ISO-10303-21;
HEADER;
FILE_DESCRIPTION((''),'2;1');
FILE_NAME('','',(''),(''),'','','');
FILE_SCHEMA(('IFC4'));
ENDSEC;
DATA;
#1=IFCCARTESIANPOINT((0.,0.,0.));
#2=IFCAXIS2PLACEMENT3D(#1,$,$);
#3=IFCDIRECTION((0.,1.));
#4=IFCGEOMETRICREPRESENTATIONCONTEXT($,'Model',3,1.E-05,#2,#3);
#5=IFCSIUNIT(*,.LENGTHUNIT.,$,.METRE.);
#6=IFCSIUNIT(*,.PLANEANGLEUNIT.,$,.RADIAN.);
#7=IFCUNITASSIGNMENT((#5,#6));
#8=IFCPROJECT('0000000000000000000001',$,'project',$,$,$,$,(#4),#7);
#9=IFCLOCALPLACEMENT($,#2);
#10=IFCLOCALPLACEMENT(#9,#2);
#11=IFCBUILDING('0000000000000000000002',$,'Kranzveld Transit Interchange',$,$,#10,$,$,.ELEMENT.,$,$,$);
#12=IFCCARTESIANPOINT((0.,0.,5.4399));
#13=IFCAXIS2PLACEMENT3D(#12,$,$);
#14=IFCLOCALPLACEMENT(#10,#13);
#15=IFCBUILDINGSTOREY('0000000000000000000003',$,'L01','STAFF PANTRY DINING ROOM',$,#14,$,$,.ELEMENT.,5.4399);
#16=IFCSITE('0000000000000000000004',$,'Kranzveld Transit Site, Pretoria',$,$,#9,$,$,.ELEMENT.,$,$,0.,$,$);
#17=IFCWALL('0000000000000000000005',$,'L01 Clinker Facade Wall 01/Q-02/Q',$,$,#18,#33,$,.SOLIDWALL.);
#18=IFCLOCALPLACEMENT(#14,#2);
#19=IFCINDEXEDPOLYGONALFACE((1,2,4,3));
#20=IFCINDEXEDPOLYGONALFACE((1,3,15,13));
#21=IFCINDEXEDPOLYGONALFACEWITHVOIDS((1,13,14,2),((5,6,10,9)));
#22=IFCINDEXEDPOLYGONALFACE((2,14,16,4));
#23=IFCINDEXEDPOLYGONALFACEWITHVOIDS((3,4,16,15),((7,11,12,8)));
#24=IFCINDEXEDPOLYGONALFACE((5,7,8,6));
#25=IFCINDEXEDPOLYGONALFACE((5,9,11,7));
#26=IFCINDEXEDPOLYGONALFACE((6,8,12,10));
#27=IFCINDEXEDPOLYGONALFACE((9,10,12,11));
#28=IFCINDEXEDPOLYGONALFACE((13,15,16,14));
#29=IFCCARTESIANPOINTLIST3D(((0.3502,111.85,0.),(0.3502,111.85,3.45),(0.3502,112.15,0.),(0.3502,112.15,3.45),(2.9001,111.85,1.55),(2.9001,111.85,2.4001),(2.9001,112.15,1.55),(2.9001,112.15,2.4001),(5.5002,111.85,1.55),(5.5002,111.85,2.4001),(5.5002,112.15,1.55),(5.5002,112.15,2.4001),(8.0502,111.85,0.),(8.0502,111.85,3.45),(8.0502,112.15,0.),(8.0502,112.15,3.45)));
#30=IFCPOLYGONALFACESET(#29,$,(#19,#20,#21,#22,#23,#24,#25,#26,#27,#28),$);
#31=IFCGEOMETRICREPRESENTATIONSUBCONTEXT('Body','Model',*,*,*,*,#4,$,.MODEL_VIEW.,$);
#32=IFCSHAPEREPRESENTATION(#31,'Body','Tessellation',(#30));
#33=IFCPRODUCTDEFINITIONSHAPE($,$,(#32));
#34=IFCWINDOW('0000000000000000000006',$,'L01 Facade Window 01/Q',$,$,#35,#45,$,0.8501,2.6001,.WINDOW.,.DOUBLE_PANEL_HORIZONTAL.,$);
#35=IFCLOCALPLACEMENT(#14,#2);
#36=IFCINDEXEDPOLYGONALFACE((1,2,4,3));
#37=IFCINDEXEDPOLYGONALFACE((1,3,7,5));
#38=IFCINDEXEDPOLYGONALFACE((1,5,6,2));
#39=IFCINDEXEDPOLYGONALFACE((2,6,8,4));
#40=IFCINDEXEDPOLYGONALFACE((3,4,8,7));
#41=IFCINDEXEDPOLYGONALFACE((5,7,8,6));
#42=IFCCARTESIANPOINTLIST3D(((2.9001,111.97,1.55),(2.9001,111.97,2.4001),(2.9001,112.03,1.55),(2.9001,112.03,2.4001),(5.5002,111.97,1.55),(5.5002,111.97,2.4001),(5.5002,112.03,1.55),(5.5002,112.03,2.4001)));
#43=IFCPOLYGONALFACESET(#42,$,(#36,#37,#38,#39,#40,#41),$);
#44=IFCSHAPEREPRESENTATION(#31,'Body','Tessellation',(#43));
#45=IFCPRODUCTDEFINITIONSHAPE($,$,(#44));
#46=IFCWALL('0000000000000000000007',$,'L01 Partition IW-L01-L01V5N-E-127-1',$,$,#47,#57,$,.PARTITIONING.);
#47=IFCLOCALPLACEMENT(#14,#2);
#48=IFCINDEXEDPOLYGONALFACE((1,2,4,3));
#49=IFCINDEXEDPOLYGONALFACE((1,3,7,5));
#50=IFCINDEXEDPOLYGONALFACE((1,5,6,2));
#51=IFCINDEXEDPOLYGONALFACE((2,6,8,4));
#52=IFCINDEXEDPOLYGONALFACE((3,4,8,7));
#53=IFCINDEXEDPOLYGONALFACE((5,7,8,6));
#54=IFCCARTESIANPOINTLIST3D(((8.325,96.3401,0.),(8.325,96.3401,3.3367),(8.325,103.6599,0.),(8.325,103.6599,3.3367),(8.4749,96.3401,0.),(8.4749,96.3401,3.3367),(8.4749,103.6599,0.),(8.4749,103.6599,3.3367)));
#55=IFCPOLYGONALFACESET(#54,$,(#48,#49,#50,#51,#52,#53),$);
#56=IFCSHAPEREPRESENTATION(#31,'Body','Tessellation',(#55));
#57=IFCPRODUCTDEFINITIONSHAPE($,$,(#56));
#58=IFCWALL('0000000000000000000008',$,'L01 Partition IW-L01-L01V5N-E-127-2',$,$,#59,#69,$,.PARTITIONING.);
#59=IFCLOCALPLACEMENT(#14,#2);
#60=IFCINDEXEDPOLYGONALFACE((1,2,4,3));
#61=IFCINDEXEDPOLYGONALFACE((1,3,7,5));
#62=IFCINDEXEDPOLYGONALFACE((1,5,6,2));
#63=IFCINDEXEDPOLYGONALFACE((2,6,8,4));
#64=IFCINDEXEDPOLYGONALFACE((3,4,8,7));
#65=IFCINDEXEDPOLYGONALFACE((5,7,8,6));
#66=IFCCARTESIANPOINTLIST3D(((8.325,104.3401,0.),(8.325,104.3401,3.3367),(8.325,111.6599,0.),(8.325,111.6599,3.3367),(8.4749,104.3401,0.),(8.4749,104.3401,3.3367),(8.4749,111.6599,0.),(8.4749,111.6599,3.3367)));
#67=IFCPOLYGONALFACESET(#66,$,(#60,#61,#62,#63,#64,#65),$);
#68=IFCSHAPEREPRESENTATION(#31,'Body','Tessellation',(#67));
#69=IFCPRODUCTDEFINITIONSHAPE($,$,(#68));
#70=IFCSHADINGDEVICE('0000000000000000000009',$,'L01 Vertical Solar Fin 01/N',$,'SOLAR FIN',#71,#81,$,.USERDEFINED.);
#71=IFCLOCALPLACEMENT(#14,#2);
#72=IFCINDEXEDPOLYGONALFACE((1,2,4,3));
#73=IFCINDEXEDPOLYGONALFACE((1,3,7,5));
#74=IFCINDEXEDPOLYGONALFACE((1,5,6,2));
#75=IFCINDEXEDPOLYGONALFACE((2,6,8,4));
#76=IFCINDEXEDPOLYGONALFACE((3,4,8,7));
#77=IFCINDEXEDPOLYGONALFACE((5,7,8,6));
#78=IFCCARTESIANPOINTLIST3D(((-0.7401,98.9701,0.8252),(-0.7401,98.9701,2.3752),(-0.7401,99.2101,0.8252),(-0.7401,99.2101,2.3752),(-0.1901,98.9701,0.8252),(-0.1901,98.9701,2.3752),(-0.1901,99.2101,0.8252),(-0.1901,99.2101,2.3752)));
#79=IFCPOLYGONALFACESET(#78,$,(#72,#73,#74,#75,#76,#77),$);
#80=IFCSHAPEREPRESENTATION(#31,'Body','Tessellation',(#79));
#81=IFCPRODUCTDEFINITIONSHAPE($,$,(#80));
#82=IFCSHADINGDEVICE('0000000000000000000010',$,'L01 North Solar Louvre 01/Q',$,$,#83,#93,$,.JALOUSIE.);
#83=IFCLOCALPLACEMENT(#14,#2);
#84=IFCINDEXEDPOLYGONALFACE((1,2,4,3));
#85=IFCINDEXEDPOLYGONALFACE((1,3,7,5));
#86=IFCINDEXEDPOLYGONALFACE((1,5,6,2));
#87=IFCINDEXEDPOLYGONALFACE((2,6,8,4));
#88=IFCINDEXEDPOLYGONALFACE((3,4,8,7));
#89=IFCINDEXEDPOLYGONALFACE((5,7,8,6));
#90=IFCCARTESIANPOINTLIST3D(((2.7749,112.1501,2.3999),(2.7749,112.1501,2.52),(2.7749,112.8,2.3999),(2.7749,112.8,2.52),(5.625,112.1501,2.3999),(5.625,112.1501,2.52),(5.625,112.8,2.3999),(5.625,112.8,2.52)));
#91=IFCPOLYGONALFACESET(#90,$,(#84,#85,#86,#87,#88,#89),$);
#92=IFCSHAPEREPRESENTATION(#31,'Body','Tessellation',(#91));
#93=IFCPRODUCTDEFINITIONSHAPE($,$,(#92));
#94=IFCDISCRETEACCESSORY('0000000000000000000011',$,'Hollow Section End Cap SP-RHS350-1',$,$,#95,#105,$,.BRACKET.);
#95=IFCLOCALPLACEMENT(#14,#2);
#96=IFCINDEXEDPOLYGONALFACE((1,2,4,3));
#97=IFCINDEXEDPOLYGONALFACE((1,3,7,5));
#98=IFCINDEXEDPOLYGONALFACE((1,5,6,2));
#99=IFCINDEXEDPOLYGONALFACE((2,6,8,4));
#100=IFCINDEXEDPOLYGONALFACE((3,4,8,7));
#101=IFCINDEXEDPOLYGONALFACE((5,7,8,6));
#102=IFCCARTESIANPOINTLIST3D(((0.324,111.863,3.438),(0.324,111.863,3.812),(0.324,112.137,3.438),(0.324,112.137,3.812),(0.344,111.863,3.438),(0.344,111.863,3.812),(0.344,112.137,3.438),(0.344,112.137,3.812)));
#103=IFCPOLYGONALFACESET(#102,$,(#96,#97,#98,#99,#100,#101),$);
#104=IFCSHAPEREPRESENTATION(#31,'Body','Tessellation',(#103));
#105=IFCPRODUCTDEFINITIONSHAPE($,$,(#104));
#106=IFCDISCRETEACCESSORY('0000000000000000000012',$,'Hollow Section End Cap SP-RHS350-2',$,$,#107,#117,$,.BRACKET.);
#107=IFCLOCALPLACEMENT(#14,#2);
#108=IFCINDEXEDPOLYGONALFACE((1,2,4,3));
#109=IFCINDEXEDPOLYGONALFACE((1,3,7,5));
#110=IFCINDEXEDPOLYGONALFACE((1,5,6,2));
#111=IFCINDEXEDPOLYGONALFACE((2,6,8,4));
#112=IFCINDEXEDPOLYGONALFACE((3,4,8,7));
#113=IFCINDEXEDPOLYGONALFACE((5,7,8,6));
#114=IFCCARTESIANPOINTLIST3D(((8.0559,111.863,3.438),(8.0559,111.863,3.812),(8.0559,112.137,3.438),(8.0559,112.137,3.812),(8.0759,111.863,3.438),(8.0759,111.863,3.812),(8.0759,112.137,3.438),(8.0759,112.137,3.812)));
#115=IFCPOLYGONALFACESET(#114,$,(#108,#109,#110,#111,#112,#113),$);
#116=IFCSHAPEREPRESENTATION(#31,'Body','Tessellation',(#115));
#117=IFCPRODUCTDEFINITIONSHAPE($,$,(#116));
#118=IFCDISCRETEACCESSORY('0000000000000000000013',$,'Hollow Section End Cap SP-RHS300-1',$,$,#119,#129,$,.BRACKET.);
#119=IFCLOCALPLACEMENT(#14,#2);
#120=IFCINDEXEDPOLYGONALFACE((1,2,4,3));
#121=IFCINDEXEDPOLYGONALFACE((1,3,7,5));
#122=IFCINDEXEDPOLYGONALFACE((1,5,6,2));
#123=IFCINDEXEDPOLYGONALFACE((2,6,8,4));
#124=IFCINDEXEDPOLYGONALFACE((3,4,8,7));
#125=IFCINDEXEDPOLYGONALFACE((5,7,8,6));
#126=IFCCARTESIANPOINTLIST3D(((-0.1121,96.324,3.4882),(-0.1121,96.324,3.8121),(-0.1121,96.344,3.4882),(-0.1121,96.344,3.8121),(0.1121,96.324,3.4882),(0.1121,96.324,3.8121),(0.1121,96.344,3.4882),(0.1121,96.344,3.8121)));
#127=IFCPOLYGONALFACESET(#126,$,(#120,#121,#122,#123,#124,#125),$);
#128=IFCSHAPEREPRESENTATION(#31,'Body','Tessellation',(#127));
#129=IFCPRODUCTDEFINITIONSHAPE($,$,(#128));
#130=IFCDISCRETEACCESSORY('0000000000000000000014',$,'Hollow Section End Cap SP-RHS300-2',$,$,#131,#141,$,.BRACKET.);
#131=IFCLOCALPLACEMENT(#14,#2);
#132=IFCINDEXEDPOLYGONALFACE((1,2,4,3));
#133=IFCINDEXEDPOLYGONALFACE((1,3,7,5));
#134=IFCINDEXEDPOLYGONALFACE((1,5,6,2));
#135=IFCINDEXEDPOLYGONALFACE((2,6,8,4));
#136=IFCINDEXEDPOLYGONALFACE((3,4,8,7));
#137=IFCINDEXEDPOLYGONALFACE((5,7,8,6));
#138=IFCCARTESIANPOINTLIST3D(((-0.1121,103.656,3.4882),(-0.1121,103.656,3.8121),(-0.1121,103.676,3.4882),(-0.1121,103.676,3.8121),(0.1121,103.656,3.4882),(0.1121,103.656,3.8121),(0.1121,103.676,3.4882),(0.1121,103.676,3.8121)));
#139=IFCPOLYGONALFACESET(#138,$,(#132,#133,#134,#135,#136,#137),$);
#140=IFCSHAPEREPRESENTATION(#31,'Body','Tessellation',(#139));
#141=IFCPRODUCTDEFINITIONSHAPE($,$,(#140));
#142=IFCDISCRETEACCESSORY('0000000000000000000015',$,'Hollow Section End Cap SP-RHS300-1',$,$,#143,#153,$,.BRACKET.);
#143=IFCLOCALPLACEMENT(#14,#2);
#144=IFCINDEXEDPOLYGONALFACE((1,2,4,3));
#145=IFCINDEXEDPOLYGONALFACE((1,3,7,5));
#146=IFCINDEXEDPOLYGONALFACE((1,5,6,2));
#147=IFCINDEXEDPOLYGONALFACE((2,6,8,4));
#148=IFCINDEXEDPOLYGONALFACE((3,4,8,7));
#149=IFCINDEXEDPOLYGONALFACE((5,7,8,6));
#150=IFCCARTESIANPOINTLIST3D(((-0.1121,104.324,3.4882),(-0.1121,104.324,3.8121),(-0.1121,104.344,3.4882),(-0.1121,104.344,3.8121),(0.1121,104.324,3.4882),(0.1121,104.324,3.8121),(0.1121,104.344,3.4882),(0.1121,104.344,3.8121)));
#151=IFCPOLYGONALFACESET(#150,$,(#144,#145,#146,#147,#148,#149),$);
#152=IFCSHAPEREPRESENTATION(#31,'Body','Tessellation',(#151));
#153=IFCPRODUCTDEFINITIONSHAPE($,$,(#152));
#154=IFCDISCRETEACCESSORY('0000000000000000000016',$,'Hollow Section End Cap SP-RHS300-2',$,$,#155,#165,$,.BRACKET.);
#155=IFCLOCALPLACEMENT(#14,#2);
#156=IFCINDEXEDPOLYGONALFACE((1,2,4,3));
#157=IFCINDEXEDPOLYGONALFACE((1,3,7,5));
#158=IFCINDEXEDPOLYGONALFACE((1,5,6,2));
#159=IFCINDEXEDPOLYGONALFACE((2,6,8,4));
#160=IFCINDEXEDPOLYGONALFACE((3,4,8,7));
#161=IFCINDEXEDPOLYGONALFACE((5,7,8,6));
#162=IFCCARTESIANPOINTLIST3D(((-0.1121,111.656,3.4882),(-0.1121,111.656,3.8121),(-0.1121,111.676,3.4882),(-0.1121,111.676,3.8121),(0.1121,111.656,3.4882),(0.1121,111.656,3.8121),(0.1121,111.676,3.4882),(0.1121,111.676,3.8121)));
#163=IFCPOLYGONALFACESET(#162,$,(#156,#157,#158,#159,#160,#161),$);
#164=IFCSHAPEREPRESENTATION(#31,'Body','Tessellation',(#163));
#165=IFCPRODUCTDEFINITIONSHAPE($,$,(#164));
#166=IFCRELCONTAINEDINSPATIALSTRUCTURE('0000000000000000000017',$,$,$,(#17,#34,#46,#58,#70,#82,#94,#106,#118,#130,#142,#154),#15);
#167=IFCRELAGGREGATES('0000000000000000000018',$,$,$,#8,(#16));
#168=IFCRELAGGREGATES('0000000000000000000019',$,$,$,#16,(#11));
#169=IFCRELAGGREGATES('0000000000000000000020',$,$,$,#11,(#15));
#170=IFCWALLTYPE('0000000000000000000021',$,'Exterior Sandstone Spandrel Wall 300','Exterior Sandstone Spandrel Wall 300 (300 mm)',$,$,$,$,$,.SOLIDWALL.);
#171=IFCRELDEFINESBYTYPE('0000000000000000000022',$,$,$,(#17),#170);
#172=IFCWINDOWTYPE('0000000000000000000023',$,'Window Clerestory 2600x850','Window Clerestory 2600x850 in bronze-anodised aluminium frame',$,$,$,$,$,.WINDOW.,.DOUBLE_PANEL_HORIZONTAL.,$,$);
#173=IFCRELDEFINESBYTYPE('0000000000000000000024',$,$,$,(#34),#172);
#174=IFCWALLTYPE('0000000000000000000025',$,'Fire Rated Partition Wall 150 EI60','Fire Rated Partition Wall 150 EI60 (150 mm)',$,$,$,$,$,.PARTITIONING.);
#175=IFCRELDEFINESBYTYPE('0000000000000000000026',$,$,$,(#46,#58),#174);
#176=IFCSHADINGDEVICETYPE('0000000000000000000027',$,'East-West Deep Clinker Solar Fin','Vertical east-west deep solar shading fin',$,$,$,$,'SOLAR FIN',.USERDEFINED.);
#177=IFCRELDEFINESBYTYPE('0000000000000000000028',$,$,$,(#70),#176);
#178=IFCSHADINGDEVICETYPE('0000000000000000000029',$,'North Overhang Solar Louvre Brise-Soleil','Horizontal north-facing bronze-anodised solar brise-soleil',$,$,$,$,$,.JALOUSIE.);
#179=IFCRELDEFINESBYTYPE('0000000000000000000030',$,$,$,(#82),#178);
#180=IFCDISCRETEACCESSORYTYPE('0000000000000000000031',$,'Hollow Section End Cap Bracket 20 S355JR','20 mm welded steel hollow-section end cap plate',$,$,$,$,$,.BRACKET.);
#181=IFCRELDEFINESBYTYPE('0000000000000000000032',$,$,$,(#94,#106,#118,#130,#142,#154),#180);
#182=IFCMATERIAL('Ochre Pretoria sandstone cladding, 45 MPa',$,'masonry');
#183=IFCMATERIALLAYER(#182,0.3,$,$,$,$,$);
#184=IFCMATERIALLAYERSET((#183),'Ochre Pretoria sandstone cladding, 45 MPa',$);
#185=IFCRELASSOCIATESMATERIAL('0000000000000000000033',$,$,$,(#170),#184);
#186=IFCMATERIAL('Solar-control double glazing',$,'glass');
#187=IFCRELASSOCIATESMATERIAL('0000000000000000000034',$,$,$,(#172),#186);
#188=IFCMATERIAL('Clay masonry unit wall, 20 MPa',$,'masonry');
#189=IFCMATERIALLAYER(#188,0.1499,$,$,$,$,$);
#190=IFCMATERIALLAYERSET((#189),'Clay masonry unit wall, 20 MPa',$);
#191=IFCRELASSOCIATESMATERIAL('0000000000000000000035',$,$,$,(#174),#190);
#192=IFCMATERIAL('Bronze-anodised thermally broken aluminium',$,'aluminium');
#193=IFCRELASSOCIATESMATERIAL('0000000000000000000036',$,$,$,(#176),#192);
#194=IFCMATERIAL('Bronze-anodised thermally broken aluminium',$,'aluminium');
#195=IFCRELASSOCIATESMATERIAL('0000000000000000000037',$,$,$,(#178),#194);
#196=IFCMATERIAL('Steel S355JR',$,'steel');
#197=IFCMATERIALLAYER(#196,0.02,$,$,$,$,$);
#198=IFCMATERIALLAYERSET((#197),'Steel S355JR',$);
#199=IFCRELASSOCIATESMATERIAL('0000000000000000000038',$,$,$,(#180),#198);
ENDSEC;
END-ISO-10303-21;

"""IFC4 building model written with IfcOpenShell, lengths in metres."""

from ifc_helpers import new_model, si_unit, direction, frame, frame_2d, origin, origin_2d, place, context, subcontext, project, spatial, rectangle, extrude, material, layer, layer_set, type_object, element, fill, save


model = new_model("IFC4")

# Units and contexts
model_context = context("Model", 3, precision=1e-05, world=origin(), true_north=direction((0.0, 1.0)))
body_context = subcontext(model_context, "Body", "Model", "MODEL_VIEW")
ifc_project = project(units=[si_unit("LENGTHUNIT", "METRE"), si_unit("PLANEANGLEUNIT", "RADIAN")], contexts=[model_context])

# Site, building, storey
site_placement = place(None, origin())
site = spatial("IfcSite", under=ifc_project, at=site_placement, Name="Kranzveld Transit Site, Pretoria", CompositionType="ELEMENT", RefElevation=0.0)
building_placement = place(site_placement, origin())
building = spatial("IfcBuilding", under=site, at=building_placement, Name="Kranzveld Transit Interchange", CompositionType="ELEMENT")
storey_placement = place(building_placement, frame((0.0, 0.0, 5.4399)))
storey = spatial("IfcBuildingStorey", under=building, at=storey_placement, Name="L01", Description="STAFF PANTRY DINING ROOM", CompositionType="ELEMENT", Elevation=5.4399)

# Wall, opening, window
ifc_material_1 = material(Name="Ochre Pretoria sandstone cladding, 45 MPa", Category="masonry")
ifc_layer_1 = layer(ifc_material_1, 0.3)
ifc_layer_set_1 = layer_set([ifc_layer_1], Name="Ochre Pretoria sandstone cladding, 45 MPa")
wall_type_1 = type_object("IfcWallType", Name="Exterior Sandstone Spandrel Wall 300", Description="Exterior Sandstone Spandrel Wall 300 (300 mm)", PredefinedType="SOLIDWALL", material=ifc_layer_set_1)
wall_1_placement = place(storey_placement, frame((0.3501, 112.0, 0.0), z_axis=(0.0, 0.0, 1.0), x_axis=(1.0, 0.0, 0.0)))
wall_1 = element("IfcWall", 1, at=wall_1_placement, inside=storey, type_object=wall_type_1, Name="L01 Clinker Facade Wall 01/Q-02/Q", PredefinedType="SOLIDWALL", context=body_context, shape_type="SweptSolid", body=[
    extrude(rectangle(XDim=7.7, YDim=0.3, at=frame_2d((3.8501, 0.0))), origin(), (0.0, 0.0, 1.0), 3.45),
])
opening_1_placement = place(wall_1_placement, frame((2.55, 0.0, 1.55), z_axis=(0.0, 0.0, 1.0), x_axis=(1.0, 0.0, 0.0)))
opening_1 = element("IfcOpeningElement", 2, at=opening_1_placement, cuts=wall_1, PredefinedType="OPENING", context=body_context, shape_type="SweptSolid", body=[
    extrude(rectangle(XDim=2.6001, YDim=0.8501, at=frame_2d((1.3, 0.425))), frame((0.0, 0.1599, 0.0), z_axis=(0.0, -1.0, 0.0), x_axis=(1.0, 0.0, 0.0)), (0.0, 0.0, 1.0), 0.3201),
])
ifc_material_2 = material(Name="Solar-control double glazing", Category="glass")
window_type_1 = type_object("IfcWindowType", Name="Window Clerestory 2600x850", Description="Window Clerestory 2600x850 in bronze-anodised aluminium frame", PartitioningType="DOUBLE_PANEL_HORIZONTAL", PredefinedType="WINDOW", material=ifc_material_2)
window_1_placement = place(opening_1_placement, origin())
window_1 = element("IfcWindow", 3, at=window_1_placement, inside=storey, type_object=window_type_1, Name="L01 Facade Window 01/Q", OverallHeight=0.8501, OverallWidth=2.6001, PartitioningType="DOUBLE_PANEL_HORIZONTAL", PredefinedType="WINDOW", context=body_context, shape_type="SweptSolid", body=[
    extrude(rectangle(XDim=2.6001, YDim=0.8501, at=frame_2d((1.3, 0.425))), frame((0.0, 0.03, 0.0), z_axis=(0.0, -1.0, 0.0), x_axis=(1.0, 0.0, 0.0)), (0.0, 0.0, 1.0), 0.0601),
])
fill(opening_1, window_1)

# Walls
ifc_material_3 = material(Name="Clay masonry unit wall, 20 MPa", Category="masonry")
ifc_layer_2 = layer(ifc_material_3, 0.1499)
ifc_layer_set_2 = layer_set([ifc_layer_2], Name="Clay masonry unit wall, 20 MPa")
wall_type_2 = type_object("IfcWallType", Name="Fire Rated Partition Wall 150 EI60", Description="Fire Rated Partition Wall 150 EI60 (150 mm)", PredefinedType="PARTITIONING", material=ifc_layer_set_2)
for number, where, z_axis, x_axis, name in (
    (4, (8.3999, 96.3401, 0.0), (0.0, 0.0, 1.0), (0.0, 1.0, 0.0), "L01 Partition IW-L01-L01V5N-E-127-1"),
    (5, (8.3999, 104.3401, 0.0), (0.0, 0.0, 1.0), (0.0, 1.0, 0.0), "L01 Partition IW-L01-L01V5N-E-127-2"),
):
    element("IfcWall", number, at=place(storey_placement, frame(where, z_axis=z_axis, x_axis=x_axis)), inside=storey, type_object=wall_type_2, Name=name, PredefinedType="PARTITIONING", context=body_context, shape_type="SweptSolid", body=[
        extrude(rectangle(XDim=7.3198, YDim=0.1499, at=frame_2d((3.6599, 0.0))), origin(), (0.0, 0.0, 1.0), 3.3367),
    ])

# Shading devices
ifc_material_4 = material(Name="Bronze-anodised thermally broken aluminium", Category="aluminium")
shading_device_type_1 = type_object("IfcShadingDeviceType", Name="East-West Deep Clinker Solar Fin", Description="Vertical east-west deep solar shading fin", ElementType="SOLAR FIN", PredefinedType="USERDEFINED", material=ifc_material_4)
shading_device_1_placement = place(storey_placement, frame((-0.4651, 99.0901, 0.8252), z_axis=(0.0, 0.0, 1.0), x_axis=(0.0, 1.0, 0.0)))
element("IfcShadingDevice", 6, at=shading_device_1_placement, inside=storey, type_object=shading_device_type_1, Name="L01 Vertical Solar Fin 01/N", ObjectType="SOLAR FIN", PredefinedType="USERDEFINED", context=body_context, shape_type="SweptSolid", body=[
    extrude(rectangle(XDim=0.24, YDim=0.55, at=origin_2d()), origin(), (0.0, 0.0, 1.0), 1.55),
])
ifc_material_5 = material(Name="Bronze-anodised thermally broken aluminium", Category="aluminium")
shading_device_type_2 = type_object("IfcShadingDeviceType", Name="North Overhang Solar Louvre Brise-Soleil", Description="Horizontal north-facing bronze-anodised solar brise-soleil", PredefinedType="JALOUSIE", material=ifc_material_5)
shading_device_2_placement = place(storey_placement, frame((4.2, 112.4751, 2.3999), z_axis=(0.0, 0.0, 1.0), x_axis=(1.0, 0.0, 0.0)))
element("IfcShadingDevice", 7, at=shading_device_2_placement, inside=storey, type_object=shading_device_type_2, Name="L01 North Solar Louvre 01/Q", PredefinedType="JALOUSIE", context=body_context, shape_type="SweptSolid", body=[
    extrude(rectangle(XDim=2.8501, YDim=0.6499, at=origin_2d()), origin(), (0.0, 0.0, 1.0), 0.1201),
])

# Discrete accessories
ifc_material_6 = material(Name="Steel S355JR", Category="steel")
ifc_layer_3 = layer(ifc_material_6, 0.02)
ifc_layer_set_3 = layer_set([ifc_layer_3], Name="Steel S355JR")
discrete_accessory_type = type_object("IfcDiscreteAccessoryType", Name="Hollow Section End Cap Bracket 20 S355JR", Description="20 mm welded steel hollow-section end cap plate", PredefinedType="BRACKET", material=ifc_layer_set_3)
for number, where, z_axis, x_axis, name in (
    (8, (0.344, 112.0, 3.625), (-1.0, 0.0, 0.0), (0.0, -1.0, 0.0), "Hollow Section End Cap SP-RHS350-1"),
    (9, (8.0559, 112.0, 3.625), (1.0, 0.0, 0.0), (0.0, 1.0, 0.0), "Hollow Section End Cap SP-RHS350-2"),
):
    element("IfcDiscreteAccessory", number, at=place(storey_placement, frame(where, z_axis=z_axis, x_axis=x_axis)), inside=storey, type_object=discrete_accessory_type, Name=name, PredefinedType="BRACKET", context=body_context, shape_type="SweptSolid", body=[
        extrude(rectangle(XDim=0.2739, YDim=0.374, at=origin_2d()), origin(), (0.0, 0.0, 1.0), 0.02),
    ])
for number, where, z_axis, x_axis, name in (
    (10, (0.0, 96.344, 3.6501), (0.0, -1.0, 0.0), (1.0, 0.0, 0.0), "Hollow Section End Cap SP-RHS300-1"),
    (11, (0.0, 103.656, 3.6501), (0.0, 1.0, 0.0), (-1.0, 0.0, 0.0), "Hollow Section End Cap SP-RHS300-2"),
    (12, (0.0, 104.344, 3.6501), (0.0, -1.0, 0.0), (1.0, 0.0, 0.0), "Hollow Section End Cap SP-RHS300-1"),
    (13, (0.0, 111.656, 3.6501), (0.0, 1.0, 0.0), (-1.0, 0.0, 0.0), "Hollow Section End Cap SP-RHS300-2"),
):
    element("IfcDiscreteAccessory", number, at=place(storey_placement, frame(where, z_axis=z_axis, x_axis=x_axis)), inside=storey, type_object=discrete_accessory_type, Name=name, PredefinedType="BRACKET", context=body_context, shape_type="SweptSolid", body=[
        extrude(rectangle(XDim=0.2241, YDim=0.324, at=origin_2d()), origin(), (0.0, 0.0, 1.0), 0.02),
    ])

save(model, "model.ifc")
